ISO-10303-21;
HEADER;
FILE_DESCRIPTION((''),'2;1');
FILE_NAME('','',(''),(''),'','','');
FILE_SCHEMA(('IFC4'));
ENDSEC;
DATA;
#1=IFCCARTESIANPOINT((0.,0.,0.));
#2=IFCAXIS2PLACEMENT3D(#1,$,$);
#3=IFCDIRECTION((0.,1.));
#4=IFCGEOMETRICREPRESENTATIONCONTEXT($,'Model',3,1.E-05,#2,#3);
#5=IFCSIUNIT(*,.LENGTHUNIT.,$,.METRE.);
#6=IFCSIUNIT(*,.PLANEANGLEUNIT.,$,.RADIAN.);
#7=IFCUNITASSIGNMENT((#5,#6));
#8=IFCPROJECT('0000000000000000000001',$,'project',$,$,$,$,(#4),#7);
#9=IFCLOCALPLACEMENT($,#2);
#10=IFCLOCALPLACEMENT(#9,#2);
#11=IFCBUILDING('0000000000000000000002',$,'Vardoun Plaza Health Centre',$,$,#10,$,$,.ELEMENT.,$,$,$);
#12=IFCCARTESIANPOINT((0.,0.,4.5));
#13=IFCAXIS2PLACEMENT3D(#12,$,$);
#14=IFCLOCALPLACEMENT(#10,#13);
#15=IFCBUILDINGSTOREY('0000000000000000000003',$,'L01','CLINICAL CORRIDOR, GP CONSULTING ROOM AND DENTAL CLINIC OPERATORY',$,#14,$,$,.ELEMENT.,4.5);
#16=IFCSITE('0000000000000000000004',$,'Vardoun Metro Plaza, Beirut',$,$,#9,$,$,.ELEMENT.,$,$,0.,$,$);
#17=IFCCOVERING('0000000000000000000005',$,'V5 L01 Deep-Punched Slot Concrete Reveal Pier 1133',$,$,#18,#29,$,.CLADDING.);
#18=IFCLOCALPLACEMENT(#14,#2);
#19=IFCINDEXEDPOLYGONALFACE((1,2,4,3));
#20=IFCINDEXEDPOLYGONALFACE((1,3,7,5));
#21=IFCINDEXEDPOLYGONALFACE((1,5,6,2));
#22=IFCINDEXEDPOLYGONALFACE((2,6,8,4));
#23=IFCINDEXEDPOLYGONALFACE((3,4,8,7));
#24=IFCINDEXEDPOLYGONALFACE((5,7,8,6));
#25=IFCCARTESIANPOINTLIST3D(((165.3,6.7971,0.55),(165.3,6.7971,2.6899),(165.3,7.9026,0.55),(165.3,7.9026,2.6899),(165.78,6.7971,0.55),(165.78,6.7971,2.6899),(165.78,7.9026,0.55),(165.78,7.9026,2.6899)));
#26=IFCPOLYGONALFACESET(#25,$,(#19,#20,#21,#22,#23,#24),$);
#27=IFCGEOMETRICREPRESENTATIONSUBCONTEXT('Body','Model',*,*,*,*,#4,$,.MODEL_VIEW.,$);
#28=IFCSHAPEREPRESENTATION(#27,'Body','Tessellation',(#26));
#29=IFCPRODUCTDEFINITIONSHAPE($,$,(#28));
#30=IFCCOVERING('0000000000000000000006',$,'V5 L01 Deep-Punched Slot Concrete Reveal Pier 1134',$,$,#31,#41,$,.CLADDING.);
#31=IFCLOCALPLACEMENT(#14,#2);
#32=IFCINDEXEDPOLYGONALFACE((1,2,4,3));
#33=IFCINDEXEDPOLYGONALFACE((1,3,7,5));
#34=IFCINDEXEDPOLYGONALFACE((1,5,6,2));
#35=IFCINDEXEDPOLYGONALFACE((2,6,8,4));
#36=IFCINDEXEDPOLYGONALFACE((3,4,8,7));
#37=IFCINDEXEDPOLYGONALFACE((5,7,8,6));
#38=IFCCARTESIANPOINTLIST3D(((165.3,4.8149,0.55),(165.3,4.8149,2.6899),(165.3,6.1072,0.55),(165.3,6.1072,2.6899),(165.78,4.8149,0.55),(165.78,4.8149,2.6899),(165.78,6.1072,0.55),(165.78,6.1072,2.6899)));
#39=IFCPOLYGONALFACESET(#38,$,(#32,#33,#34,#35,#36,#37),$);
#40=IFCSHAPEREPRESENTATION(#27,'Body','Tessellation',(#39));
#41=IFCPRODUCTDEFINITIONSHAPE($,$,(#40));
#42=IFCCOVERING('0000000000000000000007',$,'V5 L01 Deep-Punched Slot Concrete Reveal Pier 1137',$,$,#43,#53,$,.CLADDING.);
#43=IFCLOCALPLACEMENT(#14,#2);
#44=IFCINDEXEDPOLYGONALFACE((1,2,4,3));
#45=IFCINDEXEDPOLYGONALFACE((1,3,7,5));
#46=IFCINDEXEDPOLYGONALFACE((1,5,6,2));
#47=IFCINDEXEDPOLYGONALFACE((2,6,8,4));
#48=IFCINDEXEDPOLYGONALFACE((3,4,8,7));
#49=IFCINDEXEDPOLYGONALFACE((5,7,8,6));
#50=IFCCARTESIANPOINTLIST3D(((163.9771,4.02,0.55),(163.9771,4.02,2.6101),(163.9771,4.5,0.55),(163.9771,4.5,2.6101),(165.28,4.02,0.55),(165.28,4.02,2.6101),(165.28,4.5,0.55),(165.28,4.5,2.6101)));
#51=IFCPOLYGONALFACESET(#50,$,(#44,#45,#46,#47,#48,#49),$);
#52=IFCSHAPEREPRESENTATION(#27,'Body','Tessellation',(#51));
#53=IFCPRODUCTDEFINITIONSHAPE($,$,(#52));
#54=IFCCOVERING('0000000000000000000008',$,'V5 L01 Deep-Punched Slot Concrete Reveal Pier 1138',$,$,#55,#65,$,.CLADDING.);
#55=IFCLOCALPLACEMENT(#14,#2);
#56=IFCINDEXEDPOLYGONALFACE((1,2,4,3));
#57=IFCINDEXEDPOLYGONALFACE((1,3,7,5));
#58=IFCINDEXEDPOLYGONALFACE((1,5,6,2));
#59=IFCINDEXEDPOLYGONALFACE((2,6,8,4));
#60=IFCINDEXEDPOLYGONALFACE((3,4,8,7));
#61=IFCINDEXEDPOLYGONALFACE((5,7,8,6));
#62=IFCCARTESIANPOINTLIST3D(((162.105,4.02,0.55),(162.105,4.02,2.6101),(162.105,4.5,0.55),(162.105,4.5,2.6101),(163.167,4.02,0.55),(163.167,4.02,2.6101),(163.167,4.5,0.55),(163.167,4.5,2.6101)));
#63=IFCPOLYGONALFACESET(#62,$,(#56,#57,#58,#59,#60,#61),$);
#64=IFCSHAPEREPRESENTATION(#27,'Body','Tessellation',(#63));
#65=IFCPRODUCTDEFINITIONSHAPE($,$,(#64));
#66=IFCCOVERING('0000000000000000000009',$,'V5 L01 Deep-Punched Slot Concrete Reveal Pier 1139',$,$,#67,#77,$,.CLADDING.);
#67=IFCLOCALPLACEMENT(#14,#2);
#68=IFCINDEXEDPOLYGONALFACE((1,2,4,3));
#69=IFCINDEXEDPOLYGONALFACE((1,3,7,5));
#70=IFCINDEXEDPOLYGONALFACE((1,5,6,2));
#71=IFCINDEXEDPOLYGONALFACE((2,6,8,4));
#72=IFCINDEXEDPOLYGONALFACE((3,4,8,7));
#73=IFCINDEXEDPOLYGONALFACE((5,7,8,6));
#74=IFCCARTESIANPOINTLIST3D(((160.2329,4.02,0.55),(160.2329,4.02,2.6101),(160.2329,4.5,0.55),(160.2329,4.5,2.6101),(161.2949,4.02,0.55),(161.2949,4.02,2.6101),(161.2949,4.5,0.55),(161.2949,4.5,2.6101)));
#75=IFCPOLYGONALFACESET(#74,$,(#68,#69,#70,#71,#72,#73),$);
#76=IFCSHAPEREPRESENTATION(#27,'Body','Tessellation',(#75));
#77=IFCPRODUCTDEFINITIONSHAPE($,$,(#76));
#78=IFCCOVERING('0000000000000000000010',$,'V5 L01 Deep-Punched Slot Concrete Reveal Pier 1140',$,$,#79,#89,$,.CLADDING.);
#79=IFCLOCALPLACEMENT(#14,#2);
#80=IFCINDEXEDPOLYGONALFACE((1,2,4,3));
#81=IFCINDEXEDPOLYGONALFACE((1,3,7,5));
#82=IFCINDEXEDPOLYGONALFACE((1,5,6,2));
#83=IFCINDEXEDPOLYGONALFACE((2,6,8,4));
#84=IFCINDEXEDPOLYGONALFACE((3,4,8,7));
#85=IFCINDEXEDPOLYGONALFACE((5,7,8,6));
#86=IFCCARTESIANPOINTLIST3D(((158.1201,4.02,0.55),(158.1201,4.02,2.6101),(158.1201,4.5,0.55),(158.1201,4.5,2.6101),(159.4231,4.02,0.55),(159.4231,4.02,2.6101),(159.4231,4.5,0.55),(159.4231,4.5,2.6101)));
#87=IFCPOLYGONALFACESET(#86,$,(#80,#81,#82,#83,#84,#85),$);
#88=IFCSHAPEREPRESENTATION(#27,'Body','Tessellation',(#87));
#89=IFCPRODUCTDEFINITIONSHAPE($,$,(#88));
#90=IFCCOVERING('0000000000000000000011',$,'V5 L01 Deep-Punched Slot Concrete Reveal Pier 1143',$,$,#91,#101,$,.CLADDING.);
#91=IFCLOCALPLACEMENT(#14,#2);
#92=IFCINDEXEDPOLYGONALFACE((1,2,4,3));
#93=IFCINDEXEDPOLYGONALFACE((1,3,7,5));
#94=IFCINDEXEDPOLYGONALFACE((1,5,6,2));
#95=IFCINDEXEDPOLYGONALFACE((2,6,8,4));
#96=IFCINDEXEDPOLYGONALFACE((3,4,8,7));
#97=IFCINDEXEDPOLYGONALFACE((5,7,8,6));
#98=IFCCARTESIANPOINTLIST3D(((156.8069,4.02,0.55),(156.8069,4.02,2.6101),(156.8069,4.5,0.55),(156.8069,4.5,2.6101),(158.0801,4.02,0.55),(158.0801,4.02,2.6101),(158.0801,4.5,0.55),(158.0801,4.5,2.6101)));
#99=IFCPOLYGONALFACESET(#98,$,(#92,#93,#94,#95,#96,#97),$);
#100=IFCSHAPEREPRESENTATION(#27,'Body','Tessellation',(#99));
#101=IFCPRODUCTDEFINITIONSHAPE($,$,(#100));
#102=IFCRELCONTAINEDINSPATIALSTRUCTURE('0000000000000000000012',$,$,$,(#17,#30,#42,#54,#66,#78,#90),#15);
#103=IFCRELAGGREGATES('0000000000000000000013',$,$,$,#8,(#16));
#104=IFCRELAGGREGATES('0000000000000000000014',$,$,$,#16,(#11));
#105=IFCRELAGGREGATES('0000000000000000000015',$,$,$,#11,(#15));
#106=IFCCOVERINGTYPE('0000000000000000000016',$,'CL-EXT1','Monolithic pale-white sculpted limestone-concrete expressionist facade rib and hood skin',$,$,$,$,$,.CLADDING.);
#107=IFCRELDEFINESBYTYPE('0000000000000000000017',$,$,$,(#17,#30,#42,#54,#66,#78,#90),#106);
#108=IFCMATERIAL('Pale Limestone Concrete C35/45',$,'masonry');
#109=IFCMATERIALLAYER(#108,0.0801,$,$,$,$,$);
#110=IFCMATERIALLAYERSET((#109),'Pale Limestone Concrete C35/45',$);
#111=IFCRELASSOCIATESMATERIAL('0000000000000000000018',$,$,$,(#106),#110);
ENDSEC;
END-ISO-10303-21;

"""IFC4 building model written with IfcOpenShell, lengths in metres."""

from ifc_helpers import new_model, si_unit, direction, frame, origin, place, context, subcontext, project, spatial, polyline, outline, extrude, material, layer, layer_set, type_object, element, save


model = new_model("IFC4")

# Units and contexts
model_context = context("Model", 3, precision=1e-05, world=origin(), true_north=direction((0.0, 1.0)))
body_context = subcontext(model_context, "Body", "Model", "MODEL_VIEW")
ifc_project = project(units=[si_unit("LENGTHUNIT", "METRE"), si_unit("PLANEANGLEUNIT", "RADIAN")], contexts=[model_context])

# Site, building, storey
site_placement = place(None, origin())
site = spatial("IfcSite", under=ifc_project, at=site_placement, Name="Vardoun Metro Plaza, Beirut", CompositionType="ELEMENT", RefElevation=0.0)
building_placement = place(site_placement, origin())
building = spatial("IfcBuilding", under=site, at=building_placement, Name="Vardoun Plaza Health Centre", CompositionType="ELEMENT")
storey_placement = place(building_placement, frame((0.0, 0.0, 4.5)))
storey = spatial("IfcBuildingStorey", under=building, at=storey_placement, Name="L01", Description="CLINICAL CORRIDOR, GP CONSULTING ROOM AND DENTAL CLINIC OPERATORY", CompositionType="ELEMENT", Elevation=4.5)

# Coverings
ifc_material = material(Name="Pale Limestone Concrete C35/45", Category="masonry")
ifc_layer = layer(ifc_material, 0.0801)
ifc_layer_set = layer_set([ifc_layer], Name="Pale Limestone Concrete C35/45")
covering_type = type_object("IfcCoveringType", Name="CL-EXT1", Description="Monolithic pale-white sculpted limestone-concrete expressionist facade rib and hood skin", PredefinedType="CLADDING", material=ifc_layer_set)
covering_1_placement = place(storey_placement, frame((0.0, 0.0, 0.55)))
element("IfcCovering", 1, at=covering_1_placement, inside=storey, type_object=covering_type, Name="V5 L01 Deep-Punched Slot Concrete Reveal Pier 1133", PredefinedType="CLADDING", context=body_context, shape_type="SweptSolid", body=[
    extrude(outline(polyline([(165.3, 7.9026), (165.3, 6.7971), (165.78, 6.7971), (165.78, 7.9026), (165.3, 7.9026)])), origin(), (0.0, 0.0, 1.0), 2.1399),
])
covering_2_placement = place(storey_placement, frame((0.0, 0.0, 0.55)))
element("IfcCovering", 2, at=covering_2_placement, inside=storey, type_object=covering_type, Name="V5 L01 Deep-Punched Slot Concrete Reveal Pier 1134", PredefinedType="CLADDING", context=body_context, shape_type="SweptSolid", body=[
    extrude(outline(polyline([(165.3, 6.1072), (165.3, 4.8149), (165.78, 4.8149), (165.78, 6.1072), (165.3, 6.1072)])), origin(), (0.0, 0.0, 1.0), 2.1399),
])
covering_3_placement = place(storey_placement, frame((0.0, 0.0, 0.55)))
element("IfcCovering", 3, at=covering_3_placement, inside=storey, type_object=covering_type, Name="V5 L01 Deep-Punched Slot Concrete Reveal Pier 1137", PredefinedType="CLADDING", context=body_context, shape_type="SweptSolid", body=[
    extrude(outline(polyline([(165.28, 4.5), (163.9771, 4.5), (163.9771, 4.02), (165.28, 4.02), (165.28, 4.5)])), origin(), (0.0, 0.0, 1.0), 2.0601),
])
covering_4_placement = place(storey_placement, frame((0.0, 0.0, 0.55)))
element("IfcCovering", 4, at=covering_4_placement, inside=storey, type_object=covering_type, Name="V5 L01 Deep-Punched Slot Concrete Reveal Pier 1138", PredefinedType="CLADDING", context=body_context, shape_type="SweptSolid", body=[
    extrude(outline(polyline([(163.167, 4.5), (162.105, 4.5), (162.105, 4.02), (163.167, 4.02), (163.167, 4.5)])), origin(), (0.0, 0.0, 1.0), 2.0601),
])
covering_5_placement = place(storey_placement, frame((0.0, 0.0, 0.55)))
element("IfcCovering", 5, at=covering_5_placement, inside=storey, type_object=covering_type, Name="V5 L01 Deep-Punched Slot Concrete Reveal Pier 1139", PredefinedType="CLADDING", context=body_context, shape_type="SweptSolid", body=[
    extrude(outline(polyline([(161.2949, 4.5), (160.2329, 4.5), (160.2329, 4.02), (161.2949, 4.02), (161.2949, 4.5)])), origin(), (0.0, 0.0, 1.0), 2.0601),
])
covering_6_placement = place(storey_placement, frame((0.0, 0.0, 0.55)))
element("IfcCovering", 6, at=covering_6_placement, inside=storey, type_object=covering_type, Name="V5 L01 Deep-Punched Slot Concrete Reveal Pier 1140", PredefinedType="CLADDING", context=body_context, shape_type="SweptSolid", body=[
    extrude(outline(polyline([(159.4231, 4.5), (158.1201, 4.5), (158.1201, 4.02), (159.4231, 4.02), (159.4231, 4.5)])), origin(), (0.0, 0.0, 1.0), 2.0601),
])
covering_7_placement = place(storey_placement, frame((0.0, 0.0, 0.55)))
element("IfcCovering", 7, at=covering_7_placement, inside=storey, type_object=covering_type, Name="V5 L01 Deep-Punched Slot Concrete Reveal Pier 1143", PredefinedType="CLADDING", context=body_context, shape_type="SweptSolid", body=[
    extrude(outline(polyline([(158.0801, 4.5), (156.8069, 4.5), (156.8069, 4.02), (158.0801, 4.02), (158.0801, 4.5)])), origin(), (0.0, 0.0, 1.0), 2.0601),
])

save(model, "model.ifc")
